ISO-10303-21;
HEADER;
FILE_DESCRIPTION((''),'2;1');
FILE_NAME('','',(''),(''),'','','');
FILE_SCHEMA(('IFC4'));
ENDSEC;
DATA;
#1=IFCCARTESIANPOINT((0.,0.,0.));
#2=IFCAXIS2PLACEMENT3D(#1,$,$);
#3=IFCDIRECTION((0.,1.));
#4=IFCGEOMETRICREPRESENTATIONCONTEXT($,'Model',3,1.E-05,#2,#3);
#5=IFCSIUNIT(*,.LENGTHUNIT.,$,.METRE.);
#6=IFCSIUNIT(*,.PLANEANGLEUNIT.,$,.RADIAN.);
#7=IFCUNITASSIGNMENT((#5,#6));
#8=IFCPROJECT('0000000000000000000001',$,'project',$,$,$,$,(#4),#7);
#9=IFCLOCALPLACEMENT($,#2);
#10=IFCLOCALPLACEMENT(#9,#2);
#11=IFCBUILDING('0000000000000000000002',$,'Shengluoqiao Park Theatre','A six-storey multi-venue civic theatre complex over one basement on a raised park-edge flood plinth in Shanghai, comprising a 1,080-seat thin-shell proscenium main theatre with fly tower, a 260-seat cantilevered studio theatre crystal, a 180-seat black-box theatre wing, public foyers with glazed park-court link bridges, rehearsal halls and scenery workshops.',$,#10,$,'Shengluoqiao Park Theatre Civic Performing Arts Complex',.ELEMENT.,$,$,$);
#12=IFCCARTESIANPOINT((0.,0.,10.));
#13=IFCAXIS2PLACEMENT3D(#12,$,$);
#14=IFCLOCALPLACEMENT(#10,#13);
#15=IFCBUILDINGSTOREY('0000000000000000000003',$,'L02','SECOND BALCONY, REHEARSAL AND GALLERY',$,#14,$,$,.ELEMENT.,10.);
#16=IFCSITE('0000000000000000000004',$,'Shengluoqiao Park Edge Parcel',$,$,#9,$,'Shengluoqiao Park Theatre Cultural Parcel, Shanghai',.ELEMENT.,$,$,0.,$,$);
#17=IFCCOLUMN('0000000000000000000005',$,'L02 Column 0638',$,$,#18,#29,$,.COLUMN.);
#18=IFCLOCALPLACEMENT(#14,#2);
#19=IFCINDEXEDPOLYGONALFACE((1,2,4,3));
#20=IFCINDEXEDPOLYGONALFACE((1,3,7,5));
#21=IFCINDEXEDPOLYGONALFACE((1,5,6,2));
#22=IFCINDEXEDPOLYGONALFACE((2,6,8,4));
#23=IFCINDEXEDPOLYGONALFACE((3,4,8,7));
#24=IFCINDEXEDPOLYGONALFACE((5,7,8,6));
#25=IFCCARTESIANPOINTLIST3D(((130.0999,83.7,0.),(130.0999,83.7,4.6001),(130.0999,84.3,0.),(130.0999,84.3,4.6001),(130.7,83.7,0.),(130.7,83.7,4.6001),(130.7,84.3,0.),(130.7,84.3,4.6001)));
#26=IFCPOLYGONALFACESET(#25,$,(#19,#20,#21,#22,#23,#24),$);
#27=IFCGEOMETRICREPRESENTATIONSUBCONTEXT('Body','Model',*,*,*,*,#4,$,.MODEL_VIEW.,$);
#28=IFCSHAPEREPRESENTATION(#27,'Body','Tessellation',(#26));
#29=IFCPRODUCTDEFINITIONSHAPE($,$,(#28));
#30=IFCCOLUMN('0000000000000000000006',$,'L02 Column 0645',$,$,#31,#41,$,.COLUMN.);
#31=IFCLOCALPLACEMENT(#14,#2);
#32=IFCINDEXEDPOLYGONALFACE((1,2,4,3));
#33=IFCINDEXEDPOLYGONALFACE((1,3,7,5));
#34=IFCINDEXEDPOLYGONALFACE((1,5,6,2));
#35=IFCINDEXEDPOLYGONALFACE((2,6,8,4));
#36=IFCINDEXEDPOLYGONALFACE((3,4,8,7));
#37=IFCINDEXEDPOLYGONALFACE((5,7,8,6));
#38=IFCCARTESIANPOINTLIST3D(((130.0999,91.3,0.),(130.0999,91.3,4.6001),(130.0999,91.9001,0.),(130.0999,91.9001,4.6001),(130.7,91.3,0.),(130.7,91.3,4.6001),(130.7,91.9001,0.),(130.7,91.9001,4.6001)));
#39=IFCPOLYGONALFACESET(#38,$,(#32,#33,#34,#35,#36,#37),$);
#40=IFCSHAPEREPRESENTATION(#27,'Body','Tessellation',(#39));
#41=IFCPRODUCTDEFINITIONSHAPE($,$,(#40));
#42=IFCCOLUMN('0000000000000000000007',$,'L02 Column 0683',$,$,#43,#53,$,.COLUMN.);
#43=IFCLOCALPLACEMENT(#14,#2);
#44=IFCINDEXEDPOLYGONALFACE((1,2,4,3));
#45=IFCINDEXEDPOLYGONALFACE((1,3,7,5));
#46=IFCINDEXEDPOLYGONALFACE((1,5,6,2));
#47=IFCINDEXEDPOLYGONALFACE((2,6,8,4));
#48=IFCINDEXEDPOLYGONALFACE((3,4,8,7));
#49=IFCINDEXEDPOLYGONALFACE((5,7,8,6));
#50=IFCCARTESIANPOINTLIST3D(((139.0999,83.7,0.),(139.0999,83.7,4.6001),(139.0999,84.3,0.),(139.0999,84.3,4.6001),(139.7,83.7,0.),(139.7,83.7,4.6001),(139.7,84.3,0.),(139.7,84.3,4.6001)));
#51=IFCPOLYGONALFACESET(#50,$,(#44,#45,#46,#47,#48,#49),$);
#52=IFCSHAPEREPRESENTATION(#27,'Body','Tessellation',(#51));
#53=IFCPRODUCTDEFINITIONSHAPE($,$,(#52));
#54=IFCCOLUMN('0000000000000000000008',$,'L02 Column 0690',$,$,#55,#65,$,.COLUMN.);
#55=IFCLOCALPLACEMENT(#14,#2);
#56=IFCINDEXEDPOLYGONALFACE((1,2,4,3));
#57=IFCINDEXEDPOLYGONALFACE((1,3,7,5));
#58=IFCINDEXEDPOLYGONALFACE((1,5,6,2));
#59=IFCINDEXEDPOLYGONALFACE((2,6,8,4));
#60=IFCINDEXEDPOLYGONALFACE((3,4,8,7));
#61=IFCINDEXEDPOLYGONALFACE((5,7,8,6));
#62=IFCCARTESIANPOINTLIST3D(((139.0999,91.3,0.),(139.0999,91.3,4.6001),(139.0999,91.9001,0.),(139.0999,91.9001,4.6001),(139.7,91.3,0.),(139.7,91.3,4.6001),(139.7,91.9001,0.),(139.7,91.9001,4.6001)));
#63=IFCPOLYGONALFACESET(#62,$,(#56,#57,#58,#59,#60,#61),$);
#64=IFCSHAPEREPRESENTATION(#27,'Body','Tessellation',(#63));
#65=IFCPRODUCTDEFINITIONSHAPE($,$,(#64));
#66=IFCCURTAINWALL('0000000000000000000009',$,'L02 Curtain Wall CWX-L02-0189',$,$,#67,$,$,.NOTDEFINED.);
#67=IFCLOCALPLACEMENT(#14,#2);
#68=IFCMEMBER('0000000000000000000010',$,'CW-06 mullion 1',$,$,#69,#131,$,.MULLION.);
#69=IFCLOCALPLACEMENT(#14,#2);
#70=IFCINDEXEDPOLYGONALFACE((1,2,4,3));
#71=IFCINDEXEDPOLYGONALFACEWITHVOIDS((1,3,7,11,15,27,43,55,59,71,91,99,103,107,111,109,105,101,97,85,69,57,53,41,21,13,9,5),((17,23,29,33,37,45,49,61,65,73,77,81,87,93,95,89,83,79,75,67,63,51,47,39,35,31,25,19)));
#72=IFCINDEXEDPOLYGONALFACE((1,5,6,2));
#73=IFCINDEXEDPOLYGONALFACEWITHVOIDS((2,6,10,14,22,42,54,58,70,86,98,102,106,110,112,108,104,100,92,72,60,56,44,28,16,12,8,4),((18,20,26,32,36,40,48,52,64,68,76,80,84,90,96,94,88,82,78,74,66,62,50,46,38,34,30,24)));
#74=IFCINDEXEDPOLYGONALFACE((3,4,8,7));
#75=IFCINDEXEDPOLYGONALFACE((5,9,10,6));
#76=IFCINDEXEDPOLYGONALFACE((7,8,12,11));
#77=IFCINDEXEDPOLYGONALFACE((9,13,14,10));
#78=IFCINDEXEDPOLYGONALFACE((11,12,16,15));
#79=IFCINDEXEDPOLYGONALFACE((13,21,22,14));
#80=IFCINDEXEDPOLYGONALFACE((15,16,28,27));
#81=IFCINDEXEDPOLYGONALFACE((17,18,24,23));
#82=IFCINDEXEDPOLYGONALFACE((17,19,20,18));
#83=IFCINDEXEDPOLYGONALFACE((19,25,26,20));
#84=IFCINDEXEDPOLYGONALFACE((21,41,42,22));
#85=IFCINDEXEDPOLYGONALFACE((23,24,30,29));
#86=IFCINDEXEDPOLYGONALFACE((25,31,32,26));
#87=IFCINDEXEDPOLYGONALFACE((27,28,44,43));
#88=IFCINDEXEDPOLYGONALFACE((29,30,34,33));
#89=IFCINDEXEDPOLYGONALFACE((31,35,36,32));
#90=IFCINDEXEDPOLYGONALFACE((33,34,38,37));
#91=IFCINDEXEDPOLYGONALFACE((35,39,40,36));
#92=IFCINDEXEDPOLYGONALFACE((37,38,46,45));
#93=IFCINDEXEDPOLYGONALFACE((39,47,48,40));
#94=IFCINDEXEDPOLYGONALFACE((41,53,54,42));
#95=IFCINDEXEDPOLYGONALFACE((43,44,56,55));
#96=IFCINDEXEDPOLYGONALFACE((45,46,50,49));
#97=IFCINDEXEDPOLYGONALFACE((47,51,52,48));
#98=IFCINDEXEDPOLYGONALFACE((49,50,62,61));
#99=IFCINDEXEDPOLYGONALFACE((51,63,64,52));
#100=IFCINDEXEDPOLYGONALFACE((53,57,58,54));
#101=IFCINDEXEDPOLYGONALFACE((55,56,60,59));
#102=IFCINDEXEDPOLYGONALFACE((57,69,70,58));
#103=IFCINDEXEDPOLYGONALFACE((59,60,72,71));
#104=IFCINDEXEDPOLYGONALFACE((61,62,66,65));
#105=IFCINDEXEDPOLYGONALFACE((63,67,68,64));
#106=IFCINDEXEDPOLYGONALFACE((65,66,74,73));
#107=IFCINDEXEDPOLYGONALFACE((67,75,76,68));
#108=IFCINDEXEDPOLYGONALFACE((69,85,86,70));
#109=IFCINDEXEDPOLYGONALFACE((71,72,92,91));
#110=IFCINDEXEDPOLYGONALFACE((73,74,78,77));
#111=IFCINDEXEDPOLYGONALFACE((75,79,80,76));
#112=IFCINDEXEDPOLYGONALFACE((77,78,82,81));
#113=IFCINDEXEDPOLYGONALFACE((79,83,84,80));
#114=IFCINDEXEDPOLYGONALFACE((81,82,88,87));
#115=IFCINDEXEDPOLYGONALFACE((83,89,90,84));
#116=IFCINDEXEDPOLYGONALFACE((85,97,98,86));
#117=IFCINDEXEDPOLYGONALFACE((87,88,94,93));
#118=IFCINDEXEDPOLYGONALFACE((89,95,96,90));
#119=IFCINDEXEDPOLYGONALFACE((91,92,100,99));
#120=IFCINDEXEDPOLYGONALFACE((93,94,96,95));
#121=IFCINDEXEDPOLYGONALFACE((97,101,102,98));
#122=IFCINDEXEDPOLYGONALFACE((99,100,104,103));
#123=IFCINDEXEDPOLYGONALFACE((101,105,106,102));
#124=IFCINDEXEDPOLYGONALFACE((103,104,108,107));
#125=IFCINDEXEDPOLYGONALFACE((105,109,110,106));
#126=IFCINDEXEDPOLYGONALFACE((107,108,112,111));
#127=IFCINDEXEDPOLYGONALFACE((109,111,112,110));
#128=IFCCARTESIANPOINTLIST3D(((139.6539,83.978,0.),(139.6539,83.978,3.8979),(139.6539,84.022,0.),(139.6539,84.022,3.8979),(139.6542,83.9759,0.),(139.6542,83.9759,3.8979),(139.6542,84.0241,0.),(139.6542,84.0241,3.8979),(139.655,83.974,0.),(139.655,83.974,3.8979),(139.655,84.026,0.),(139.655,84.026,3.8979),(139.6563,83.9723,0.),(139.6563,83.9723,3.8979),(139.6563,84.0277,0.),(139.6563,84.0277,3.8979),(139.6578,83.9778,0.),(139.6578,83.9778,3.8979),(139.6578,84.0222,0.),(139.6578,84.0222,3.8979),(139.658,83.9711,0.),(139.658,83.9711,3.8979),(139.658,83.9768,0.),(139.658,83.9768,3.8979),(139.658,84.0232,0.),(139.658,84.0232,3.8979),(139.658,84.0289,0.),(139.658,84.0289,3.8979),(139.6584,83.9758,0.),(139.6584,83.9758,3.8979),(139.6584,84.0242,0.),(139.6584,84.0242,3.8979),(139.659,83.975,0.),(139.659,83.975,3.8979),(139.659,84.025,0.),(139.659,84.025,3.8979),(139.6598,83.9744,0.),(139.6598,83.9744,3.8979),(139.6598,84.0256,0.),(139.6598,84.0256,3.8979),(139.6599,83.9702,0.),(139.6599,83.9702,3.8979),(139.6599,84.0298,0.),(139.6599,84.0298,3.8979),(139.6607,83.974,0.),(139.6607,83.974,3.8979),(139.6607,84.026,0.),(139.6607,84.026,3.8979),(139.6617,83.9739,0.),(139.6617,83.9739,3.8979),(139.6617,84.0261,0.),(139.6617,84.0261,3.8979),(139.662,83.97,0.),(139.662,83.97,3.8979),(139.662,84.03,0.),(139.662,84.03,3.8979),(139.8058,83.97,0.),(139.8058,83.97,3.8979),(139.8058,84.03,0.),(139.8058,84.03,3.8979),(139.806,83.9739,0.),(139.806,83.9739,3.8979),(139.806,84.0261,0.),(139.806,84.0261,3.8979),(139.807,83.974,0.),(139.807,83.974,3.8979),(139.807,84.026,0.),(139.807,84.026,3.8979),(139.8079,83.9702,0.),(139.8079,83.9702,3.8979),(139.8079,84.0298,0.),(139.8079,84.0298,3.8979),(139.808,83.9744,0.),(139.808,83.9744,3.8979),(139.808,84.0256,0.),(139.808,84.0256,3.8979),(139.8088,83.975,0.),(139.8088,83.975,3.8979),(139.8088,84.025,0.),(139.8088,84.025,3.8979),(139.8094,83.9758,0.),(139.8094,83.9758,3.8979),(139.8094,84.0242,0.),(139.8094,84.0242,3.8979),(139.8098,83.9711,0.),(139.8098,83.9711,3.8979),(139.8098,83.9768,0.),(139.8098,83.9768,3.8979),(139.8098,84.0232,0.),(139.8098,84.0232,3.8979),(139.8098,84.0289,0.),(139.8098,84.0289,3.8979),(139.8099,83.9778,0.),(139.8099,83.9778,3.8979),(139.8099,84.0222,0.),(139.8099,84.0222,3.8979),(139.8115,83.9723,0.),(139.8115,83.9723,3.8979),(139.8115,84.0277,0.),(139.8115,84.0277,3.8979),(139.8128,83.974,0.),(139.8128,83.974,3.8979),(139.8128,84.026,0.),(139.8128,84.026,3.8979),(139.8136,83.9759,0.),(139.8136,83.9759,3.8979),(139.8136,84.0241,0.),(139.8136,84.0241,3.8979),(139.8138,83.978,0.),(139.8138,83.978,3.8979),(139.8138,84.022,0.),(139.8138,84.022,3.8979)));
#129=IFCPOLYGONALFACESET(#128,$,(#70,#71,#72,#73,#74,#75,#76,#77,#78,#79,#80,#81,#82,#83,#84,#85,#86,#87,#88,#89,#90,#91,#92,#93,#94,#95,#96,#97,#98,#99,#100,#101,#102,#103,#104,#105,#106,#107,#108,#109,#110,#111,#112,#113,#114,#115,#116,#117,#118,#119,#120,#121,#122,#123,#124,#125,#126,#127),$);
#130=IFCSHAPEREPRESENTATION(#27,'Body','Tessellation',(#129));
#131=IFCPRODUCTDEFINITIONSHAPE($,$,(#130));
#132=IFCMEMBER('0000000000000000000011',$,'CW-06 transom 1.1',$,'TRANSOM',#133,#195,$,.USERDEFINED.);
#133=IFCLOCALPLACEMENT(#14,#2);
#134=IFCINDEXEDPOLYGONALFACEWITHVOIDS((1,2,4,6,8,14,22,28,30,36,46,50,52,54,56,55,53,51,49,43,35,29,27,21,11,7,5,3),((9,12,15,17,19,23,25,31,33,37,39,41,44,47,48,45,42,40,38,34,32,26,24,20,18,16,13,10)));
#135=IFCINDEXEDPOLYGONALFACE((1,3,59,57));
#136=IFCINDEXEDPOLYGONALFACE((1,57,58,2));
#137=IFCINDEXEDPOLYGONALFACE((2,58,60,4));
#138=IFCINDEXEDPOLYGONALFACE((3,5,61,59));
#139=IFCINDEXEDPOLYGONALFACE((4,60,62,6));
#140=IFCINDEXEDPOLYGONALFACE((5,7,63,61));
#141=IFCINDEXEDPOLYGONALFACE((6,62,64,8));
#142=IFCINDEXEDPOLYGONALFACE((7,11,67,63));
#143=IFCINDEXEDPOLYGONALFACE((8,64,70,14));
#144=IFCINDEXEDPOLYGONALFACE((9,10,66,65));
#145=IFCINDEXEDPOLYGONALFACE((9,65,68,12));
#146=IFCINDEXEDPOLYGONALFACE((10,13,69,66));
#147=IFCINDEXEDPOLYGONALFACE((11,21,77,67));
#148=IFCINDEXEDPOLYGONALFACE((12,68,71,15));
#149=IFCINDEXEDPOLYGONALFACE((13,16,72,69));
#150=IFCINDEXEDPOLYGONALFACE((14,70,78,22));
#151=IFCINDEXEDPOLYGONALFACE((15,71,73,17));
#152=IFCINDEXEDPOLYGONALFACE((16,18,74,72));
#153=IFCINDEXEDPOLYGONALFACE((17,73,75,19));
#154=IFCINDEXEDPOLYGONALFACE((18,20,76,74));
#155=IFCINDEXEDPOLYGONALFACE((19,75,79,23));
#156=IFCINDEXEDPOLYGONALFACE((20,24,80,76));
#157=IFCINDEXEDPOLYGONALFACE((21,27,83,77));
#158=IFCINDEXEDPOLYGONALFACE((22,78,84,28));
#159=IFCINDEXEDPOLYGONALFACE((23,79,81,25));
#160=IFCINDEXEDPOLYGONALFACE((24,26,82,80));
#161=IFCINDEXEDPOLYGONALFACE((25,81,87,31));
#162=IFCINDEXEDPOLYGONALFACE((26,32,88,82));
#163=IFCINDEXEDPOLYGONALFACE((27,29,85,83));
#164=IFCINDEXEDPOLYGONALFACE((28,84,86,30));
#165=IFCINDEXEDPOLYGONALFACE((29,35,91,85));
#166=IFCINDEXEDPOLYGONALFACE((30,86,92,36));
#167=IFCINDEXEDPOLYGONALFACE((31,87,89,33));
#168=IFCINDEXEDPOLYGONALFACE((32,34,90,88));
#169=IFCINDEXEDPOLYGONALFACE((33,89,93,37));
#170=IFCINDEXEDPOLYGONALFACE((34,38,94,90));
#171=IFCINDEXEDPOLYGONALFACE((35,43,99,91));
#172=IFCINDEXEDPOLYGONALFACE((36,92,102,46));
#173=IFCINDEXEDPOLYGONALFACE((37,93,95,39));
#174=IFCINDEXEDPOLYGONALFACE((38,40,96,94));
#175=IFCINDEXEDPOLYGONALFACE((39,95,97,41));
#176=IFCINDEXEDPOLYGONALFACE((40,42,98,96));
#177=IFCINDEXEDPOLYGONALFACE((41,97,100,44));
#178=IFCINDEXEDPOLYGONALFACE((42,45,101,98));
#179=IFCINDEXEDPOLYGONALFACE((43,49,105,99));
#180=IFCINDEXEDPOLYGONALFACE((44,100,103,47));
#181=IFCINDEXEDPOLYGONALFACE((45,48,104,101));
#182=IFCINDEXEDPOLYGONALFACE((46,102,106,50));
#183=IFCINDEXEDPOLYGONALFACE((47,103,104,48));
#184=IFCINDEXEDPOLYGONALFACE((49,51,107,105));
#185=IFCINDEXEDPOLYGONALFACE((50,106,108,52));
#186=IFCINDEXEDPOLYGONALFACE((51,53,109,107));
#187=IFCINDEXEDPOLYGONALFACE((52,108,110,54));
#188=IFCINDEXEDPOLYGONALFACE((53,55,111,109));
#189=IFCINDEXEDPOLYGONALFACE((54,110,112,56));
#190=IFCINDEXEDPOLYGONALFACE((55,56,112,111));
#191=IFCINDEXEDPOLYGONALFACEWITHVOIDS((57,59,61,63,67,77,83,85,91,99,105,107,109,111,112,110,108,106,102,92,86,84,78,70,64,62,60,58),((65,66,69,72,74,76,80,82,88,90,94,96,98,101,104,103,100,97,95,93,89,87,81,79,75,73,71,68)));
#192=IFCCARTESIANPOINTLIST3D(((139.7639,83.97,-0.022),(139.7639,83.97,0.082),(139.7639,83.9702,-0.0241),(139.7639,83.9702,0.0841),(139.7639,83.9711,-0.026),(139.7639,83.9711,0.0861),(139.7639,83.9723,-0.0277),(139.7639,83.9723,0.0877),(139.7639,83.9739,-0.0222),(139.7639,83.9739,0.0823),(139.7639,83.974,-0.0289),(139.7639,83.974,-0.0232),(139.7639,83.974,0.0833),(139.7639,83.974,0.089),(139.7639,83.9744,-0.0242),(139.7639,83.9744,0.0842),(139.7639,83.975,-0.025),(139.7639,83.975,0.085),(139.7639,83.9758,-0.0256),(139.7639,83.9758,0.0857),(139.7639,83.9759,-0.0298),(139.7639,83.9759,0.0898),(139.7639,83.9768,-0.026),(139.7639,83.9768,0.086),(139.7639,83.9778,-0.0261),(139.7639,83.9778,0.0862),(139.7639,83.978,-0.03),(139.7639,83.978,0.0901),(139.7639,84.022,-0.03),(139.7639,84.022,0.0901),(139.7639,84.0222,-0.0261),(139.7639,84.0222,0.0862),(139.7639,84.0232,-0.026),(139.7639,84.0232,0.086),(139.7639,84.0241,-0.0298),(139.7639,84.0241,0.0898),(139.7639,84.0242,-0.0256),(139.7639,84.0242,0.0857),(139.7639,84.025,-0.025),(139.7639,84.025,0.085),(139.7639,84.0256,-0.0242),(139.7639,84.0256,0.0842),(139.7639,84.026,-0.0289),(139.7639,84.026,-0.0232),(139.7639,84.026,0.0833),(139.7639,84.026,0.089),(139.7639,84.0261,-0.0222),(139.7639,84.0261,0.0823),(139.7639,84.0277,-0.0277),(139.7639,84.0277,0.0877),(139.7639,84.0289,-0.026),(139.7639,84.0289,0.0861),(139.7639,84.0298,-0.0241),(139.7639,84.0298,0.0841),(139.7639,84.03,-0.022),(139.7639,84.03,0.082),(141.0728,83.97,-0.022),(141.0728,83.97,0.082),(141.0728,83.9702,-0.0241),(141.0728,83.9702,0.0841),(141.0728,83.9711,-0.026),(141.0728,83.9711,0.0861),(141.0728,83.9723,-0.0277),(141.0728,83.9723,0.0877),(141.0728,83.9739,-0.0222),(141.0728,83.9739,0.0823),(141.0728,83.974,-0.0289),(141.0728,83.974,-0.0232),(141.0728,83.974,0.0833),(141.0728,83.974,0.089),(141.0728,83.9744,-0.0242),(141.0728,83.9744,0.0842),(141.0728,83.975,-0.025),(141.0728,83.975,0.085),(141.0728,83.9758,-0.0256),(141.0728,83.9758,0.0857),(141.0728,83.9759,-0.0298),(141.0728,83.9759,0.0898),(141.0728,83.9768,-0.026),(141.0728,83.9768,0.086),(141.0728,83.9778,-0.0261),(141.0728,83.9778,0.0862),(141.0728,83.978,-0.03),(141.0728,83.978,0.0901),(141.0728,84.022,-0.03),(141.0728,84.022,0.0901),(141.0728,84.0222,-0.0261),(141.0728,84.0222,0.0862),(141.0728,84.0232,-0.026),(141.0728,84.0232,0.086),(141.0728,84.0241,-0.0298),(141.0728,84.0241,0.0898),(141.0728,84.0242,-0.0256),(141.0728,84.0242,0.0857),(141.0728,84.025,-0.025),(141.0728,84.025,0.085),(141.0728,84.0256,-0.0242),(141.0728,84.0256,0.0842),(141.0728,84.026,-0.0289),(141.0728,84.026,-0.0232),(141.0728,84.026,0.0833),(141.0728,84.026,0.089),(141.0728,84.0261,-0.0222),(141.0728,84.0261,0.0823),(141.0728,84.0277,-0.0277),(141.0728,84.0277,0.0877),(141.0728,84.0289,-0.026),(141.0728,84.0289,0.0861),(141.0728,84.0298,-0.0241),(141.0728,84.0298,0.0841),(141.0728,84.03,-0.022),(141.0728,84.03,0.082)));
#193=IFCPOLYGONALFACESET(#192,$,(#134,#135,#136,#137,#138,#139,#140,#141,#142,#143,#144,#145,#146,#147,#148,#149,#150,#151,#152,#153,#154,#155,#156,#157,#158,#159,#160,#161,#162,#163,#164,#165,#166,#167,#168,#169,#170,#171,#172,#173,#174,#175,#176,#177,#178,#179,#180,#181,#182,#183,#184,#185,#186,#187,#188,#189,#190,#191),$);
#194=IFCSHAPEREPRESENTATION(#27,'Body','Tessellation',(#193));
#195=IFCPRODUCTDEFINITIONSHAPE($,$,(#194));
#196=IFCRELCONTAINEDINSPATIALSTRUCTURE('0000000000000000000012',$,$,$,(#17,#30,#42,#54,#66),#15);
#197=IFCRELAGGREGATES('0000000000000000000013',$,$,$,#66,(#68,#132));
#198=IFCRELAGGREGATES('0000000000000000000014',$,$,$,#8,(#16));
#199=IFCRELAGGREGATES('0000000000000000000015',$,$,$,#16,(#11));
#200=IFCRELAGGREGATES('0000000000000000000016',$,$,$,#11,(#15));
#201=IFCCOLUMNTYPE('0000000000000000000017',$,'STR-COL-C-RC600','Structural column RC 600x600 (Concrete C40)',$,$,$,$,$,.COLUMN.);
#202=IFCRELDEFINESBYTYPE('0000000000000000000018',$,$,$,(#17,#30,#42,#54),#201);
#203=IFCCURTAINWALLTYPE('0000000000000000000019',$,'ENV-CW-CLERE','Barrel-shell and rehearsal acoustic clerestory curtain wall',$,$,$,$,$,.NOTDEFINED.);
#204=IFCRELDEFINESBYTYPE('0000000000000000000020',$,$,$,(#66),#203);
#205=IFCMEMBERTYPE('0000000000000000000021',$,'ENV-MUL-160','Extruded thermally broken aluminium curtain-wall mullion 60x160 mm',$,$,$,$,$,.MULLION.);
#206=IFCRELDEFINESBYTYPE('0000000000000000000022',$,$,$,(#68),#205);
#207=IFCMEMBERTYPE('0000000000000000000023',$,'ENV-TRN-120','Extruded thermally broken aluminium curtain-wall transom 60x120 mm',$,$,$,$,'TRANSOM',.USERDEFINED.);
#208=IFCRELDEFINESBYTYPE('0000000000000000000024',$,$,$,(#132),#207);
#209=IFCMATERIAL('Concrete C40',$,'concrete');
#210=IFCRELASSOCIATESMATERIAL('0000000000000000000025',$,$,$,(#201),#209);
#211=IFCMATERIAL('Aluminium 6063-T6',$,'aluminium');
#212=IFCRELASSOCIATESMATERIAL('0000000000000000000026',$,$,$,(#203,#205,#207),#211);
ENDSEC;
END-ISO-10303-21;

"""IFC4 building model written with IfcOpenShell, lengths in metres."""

from ifc_helpers import new_model, si_unit, direction, frame, origin, origin_2d, place, context, subcontext, project, spatial, rectangle, hollow_rectangle, extrude, material, material_profile, profile_set, type_object, element, aggregate, save


model = new_model("IFC4")

# Units and contexts
model_context = context("Model", 3, precision=1e-05, world=origin(), true_north=direction((0.0, 1.0)))
body_context = subcontext(model_context, "Body", "Model", "MODEL_VIEW")
ifc_project = project(units=[si_unit("LENGTHUNIT", "METRE"), si_unit("PLANEANGLEUNIT", "RADIAN")], contexts=[model_context])

# Site, building, storey
site_placement = place(None, origin())
site = spatial("IfcSite", under=ifc_project, at=site_placement, Name="Shengluoqiao Park Edge Parcel", LongName="Shengluoqiao Park Theatre Cultural Parcel, Shanghai", CompositionType="ELEMENT", RefElevation=0.0)
building_placement = place(site_placement, origin())
building = spatial("IfcBuilding", under=site, at=building_placement, Name="Shengluoqiao Park Theatre", Description="A six-storey multi-venue civic theatre complex over one basement on a raised park-edge flood plinth in Shanghai, comprising a 1,080-seat thin-shell proscenium main theatre with fly tower, a 260-seat cantilevered studio theatre crystal, a 180-seat black-box theatre wing, public foyers with glazed park-court link bridges, rehearsal halls and scenery workshops.", LongName="Shengluoqiao Park Theatre Civic Performing Arts Complex", CompositionType="ELEMENT")
storey_placement = place(building_placement, frame((0.0, 0.0, 10.0)))
storey = spatial("IfcBuildingStorey", under=building, at=storey_placement, Name="L02", Description="SECOND BALCONY, REHEARSAL AND GALLERY", CompositionType="ELEMENT", Elevation=10.0)

# Columns
ifc_material_1 = material(Name="Concrete C40", Category="concrete")
ifc_material_profile_1 = material_profile(ifc_material_1, rectangle(XDim=0.6001, YDim=0.6001, at=origin_2d()), Name="RC 600x600")
ifc_profile_set_1 = profile_set([ifc_material_profile_1], Name="Concrete C40")
column_type = type_object("IfcColumnType", Name="STR-COL-C-RC600", Description="Structural column RC 600x600 (Concrete C40)", PredefinedType="COLUMN", material=ifc_profile_set_1)
for number, where, z_axis, x_axis, name in (
    (1, (130.3999, 84.0, 0.0), (0.0, 0.0, 1.0), (1.0, 0.0, 0.0), "L02 Column 0638"),
    (2, (130.3999, 91.6001, 0.0), (0.0, 0.0, 1.0), (1.0, 0.0, 0.0), "L02 Column 0645"),
    (3, (139.3999, 84.0, 0.0), (0.0, 0.0, 1.0), (1.0, 0.0, 0.0), "L02 Column 0683"),
    (4, (139.3999, 91.6001, 0.0), (0.0, 0.0, 1.0), (1.0, 0.0, 0.0), "L02 Column 0690"),
):
    element("IfcColumn", number, at=place(storey_placement, frame(where, z_axis=z_axis, x_axis=x_axis)), inside=storey, type_object=column_type, Name=name, PredefinedType="COLUMN", context=body_context, shape_type="SweptSolid", body=[
        extrude(rectangle(XDim=0.6001, YDim=0.6001, at=origin_2d()), origin(), (0.0, 0.0, 1.0), 4.6001),
    ])

# Curtain wall, members
ifc_material_2 = material(Name="Aluminium 6063-T6", Category="aluminium")
curtain_wall_type = type_object("IfcCurtainWallType", Name="ENV-CW-CLERE", Description="Barrel-shell and rehearsal acoustic clerestory curtain wall", PredefinedType="NOTDEFINED", material=ifc_material_2)
curtain_wall_placement = place(storey_placement, origin())
curtain_wall = element("IfcCurtainWall", 5, at=curtain_wall_placement, inside=storey, type_object=curtain_wall_type, Name="L02 Curtain Wall CWX-L02-0189", PredefinedType="NOTDEFINED")
ifc_material_profile_2 = material_profile(ifc_material_2, hollow_rectangle(XDim=0.0601, YDim=0.1599, WallThickness=0.0039, InnerFilletRadius=0.0039, OuterFilletRadius=0.0081, at=origin_2d()), Name="ALU MULLION 160x60x4")
ifc_profile_set_2 = profile_set([ifc_material_profile_2], Name="Aluminium 6063-T6")
member_type_1 = type_object("IfcMemberType", Name="ENV-MUL-160", Description="Extruded thermally broken aluminium curtain-wall mullion 60x160 mm", PredefinedType="MULLION", material=ifc_profile_set_2)
member_1_placement = place(storey_placement, frame((139.7339, 84.0, 0.0), z_axis=(0.0, 0.0, 1.0), x_axis=(0.0, 1.0, 0.0)))
member_1 = element("IfcMember", 6, at=member_1_placement, type_object=member_type_1, Name="CW-06 mullion 1", PredefinedType="MULLION", context=body_context, shape_type="SweptSolid", body=[
    extrude(hollow_rectangle(XDim=0.0601, YDim=0.1599, WallThickness=0.0039, InnerFilletRadius=0.0039, OuterFilletRadius=0.0081, at=origin_2d()), origin(), (0.0, 0.0, 1.0), 3.8979),
])
ifc_material_profile_3 = material_profile(ifc_material_2, hollow_rectangle(XDim=0.0601, YDim=0.1201, WallThickness=0.0039, InnerFilletRadius=0.0039, OuterFilletRadius=0.0081, at=origin_2d()), Name="ALU TRANSOM 120x60x4")
ifc_profile_set_3 = profile_set([ifc_material_profile_3], Name="Aluminium 6063-T6")
member_type_2 = type_object("IfcMemberType", Name="ENV-TRN-120", Description="Extruded thermally broken aluminium curtain-wall transom 60x120 mm", ElementType="TRANSOM", PredefinedType="USERDEFINED", material=ifc_profile_set_3)
member_2_placement = place(storey_placement, frame((139.7639, 84.0, 0.03), z_axis=(1.0, 0.0, 0.0), x_axis=(0.0, 1.0, 0.0)))
member_2 = element("IfcMember", 7, at=member_2_placement, type_object=member_type_2, Name="CW-06 transom 1.1", ObjectType="TRANSOM", PredefinedType="USERDEFINED", context=body_context, shape_type="SweptSolid", body=[
    extrude(hollow_rectangle(XDim=0.0601, YDim=0.1201, WallThickness=0.0039, InnerFilletRadius=0.0039, OuterFilletRadius=0.0081, at=origin_2d()), origin(), (0.0, 0.0, 1.0), 1.3088),
])
aggregate(curtain_wall, [member_1, member_2])

save(model, "model.ifc")
